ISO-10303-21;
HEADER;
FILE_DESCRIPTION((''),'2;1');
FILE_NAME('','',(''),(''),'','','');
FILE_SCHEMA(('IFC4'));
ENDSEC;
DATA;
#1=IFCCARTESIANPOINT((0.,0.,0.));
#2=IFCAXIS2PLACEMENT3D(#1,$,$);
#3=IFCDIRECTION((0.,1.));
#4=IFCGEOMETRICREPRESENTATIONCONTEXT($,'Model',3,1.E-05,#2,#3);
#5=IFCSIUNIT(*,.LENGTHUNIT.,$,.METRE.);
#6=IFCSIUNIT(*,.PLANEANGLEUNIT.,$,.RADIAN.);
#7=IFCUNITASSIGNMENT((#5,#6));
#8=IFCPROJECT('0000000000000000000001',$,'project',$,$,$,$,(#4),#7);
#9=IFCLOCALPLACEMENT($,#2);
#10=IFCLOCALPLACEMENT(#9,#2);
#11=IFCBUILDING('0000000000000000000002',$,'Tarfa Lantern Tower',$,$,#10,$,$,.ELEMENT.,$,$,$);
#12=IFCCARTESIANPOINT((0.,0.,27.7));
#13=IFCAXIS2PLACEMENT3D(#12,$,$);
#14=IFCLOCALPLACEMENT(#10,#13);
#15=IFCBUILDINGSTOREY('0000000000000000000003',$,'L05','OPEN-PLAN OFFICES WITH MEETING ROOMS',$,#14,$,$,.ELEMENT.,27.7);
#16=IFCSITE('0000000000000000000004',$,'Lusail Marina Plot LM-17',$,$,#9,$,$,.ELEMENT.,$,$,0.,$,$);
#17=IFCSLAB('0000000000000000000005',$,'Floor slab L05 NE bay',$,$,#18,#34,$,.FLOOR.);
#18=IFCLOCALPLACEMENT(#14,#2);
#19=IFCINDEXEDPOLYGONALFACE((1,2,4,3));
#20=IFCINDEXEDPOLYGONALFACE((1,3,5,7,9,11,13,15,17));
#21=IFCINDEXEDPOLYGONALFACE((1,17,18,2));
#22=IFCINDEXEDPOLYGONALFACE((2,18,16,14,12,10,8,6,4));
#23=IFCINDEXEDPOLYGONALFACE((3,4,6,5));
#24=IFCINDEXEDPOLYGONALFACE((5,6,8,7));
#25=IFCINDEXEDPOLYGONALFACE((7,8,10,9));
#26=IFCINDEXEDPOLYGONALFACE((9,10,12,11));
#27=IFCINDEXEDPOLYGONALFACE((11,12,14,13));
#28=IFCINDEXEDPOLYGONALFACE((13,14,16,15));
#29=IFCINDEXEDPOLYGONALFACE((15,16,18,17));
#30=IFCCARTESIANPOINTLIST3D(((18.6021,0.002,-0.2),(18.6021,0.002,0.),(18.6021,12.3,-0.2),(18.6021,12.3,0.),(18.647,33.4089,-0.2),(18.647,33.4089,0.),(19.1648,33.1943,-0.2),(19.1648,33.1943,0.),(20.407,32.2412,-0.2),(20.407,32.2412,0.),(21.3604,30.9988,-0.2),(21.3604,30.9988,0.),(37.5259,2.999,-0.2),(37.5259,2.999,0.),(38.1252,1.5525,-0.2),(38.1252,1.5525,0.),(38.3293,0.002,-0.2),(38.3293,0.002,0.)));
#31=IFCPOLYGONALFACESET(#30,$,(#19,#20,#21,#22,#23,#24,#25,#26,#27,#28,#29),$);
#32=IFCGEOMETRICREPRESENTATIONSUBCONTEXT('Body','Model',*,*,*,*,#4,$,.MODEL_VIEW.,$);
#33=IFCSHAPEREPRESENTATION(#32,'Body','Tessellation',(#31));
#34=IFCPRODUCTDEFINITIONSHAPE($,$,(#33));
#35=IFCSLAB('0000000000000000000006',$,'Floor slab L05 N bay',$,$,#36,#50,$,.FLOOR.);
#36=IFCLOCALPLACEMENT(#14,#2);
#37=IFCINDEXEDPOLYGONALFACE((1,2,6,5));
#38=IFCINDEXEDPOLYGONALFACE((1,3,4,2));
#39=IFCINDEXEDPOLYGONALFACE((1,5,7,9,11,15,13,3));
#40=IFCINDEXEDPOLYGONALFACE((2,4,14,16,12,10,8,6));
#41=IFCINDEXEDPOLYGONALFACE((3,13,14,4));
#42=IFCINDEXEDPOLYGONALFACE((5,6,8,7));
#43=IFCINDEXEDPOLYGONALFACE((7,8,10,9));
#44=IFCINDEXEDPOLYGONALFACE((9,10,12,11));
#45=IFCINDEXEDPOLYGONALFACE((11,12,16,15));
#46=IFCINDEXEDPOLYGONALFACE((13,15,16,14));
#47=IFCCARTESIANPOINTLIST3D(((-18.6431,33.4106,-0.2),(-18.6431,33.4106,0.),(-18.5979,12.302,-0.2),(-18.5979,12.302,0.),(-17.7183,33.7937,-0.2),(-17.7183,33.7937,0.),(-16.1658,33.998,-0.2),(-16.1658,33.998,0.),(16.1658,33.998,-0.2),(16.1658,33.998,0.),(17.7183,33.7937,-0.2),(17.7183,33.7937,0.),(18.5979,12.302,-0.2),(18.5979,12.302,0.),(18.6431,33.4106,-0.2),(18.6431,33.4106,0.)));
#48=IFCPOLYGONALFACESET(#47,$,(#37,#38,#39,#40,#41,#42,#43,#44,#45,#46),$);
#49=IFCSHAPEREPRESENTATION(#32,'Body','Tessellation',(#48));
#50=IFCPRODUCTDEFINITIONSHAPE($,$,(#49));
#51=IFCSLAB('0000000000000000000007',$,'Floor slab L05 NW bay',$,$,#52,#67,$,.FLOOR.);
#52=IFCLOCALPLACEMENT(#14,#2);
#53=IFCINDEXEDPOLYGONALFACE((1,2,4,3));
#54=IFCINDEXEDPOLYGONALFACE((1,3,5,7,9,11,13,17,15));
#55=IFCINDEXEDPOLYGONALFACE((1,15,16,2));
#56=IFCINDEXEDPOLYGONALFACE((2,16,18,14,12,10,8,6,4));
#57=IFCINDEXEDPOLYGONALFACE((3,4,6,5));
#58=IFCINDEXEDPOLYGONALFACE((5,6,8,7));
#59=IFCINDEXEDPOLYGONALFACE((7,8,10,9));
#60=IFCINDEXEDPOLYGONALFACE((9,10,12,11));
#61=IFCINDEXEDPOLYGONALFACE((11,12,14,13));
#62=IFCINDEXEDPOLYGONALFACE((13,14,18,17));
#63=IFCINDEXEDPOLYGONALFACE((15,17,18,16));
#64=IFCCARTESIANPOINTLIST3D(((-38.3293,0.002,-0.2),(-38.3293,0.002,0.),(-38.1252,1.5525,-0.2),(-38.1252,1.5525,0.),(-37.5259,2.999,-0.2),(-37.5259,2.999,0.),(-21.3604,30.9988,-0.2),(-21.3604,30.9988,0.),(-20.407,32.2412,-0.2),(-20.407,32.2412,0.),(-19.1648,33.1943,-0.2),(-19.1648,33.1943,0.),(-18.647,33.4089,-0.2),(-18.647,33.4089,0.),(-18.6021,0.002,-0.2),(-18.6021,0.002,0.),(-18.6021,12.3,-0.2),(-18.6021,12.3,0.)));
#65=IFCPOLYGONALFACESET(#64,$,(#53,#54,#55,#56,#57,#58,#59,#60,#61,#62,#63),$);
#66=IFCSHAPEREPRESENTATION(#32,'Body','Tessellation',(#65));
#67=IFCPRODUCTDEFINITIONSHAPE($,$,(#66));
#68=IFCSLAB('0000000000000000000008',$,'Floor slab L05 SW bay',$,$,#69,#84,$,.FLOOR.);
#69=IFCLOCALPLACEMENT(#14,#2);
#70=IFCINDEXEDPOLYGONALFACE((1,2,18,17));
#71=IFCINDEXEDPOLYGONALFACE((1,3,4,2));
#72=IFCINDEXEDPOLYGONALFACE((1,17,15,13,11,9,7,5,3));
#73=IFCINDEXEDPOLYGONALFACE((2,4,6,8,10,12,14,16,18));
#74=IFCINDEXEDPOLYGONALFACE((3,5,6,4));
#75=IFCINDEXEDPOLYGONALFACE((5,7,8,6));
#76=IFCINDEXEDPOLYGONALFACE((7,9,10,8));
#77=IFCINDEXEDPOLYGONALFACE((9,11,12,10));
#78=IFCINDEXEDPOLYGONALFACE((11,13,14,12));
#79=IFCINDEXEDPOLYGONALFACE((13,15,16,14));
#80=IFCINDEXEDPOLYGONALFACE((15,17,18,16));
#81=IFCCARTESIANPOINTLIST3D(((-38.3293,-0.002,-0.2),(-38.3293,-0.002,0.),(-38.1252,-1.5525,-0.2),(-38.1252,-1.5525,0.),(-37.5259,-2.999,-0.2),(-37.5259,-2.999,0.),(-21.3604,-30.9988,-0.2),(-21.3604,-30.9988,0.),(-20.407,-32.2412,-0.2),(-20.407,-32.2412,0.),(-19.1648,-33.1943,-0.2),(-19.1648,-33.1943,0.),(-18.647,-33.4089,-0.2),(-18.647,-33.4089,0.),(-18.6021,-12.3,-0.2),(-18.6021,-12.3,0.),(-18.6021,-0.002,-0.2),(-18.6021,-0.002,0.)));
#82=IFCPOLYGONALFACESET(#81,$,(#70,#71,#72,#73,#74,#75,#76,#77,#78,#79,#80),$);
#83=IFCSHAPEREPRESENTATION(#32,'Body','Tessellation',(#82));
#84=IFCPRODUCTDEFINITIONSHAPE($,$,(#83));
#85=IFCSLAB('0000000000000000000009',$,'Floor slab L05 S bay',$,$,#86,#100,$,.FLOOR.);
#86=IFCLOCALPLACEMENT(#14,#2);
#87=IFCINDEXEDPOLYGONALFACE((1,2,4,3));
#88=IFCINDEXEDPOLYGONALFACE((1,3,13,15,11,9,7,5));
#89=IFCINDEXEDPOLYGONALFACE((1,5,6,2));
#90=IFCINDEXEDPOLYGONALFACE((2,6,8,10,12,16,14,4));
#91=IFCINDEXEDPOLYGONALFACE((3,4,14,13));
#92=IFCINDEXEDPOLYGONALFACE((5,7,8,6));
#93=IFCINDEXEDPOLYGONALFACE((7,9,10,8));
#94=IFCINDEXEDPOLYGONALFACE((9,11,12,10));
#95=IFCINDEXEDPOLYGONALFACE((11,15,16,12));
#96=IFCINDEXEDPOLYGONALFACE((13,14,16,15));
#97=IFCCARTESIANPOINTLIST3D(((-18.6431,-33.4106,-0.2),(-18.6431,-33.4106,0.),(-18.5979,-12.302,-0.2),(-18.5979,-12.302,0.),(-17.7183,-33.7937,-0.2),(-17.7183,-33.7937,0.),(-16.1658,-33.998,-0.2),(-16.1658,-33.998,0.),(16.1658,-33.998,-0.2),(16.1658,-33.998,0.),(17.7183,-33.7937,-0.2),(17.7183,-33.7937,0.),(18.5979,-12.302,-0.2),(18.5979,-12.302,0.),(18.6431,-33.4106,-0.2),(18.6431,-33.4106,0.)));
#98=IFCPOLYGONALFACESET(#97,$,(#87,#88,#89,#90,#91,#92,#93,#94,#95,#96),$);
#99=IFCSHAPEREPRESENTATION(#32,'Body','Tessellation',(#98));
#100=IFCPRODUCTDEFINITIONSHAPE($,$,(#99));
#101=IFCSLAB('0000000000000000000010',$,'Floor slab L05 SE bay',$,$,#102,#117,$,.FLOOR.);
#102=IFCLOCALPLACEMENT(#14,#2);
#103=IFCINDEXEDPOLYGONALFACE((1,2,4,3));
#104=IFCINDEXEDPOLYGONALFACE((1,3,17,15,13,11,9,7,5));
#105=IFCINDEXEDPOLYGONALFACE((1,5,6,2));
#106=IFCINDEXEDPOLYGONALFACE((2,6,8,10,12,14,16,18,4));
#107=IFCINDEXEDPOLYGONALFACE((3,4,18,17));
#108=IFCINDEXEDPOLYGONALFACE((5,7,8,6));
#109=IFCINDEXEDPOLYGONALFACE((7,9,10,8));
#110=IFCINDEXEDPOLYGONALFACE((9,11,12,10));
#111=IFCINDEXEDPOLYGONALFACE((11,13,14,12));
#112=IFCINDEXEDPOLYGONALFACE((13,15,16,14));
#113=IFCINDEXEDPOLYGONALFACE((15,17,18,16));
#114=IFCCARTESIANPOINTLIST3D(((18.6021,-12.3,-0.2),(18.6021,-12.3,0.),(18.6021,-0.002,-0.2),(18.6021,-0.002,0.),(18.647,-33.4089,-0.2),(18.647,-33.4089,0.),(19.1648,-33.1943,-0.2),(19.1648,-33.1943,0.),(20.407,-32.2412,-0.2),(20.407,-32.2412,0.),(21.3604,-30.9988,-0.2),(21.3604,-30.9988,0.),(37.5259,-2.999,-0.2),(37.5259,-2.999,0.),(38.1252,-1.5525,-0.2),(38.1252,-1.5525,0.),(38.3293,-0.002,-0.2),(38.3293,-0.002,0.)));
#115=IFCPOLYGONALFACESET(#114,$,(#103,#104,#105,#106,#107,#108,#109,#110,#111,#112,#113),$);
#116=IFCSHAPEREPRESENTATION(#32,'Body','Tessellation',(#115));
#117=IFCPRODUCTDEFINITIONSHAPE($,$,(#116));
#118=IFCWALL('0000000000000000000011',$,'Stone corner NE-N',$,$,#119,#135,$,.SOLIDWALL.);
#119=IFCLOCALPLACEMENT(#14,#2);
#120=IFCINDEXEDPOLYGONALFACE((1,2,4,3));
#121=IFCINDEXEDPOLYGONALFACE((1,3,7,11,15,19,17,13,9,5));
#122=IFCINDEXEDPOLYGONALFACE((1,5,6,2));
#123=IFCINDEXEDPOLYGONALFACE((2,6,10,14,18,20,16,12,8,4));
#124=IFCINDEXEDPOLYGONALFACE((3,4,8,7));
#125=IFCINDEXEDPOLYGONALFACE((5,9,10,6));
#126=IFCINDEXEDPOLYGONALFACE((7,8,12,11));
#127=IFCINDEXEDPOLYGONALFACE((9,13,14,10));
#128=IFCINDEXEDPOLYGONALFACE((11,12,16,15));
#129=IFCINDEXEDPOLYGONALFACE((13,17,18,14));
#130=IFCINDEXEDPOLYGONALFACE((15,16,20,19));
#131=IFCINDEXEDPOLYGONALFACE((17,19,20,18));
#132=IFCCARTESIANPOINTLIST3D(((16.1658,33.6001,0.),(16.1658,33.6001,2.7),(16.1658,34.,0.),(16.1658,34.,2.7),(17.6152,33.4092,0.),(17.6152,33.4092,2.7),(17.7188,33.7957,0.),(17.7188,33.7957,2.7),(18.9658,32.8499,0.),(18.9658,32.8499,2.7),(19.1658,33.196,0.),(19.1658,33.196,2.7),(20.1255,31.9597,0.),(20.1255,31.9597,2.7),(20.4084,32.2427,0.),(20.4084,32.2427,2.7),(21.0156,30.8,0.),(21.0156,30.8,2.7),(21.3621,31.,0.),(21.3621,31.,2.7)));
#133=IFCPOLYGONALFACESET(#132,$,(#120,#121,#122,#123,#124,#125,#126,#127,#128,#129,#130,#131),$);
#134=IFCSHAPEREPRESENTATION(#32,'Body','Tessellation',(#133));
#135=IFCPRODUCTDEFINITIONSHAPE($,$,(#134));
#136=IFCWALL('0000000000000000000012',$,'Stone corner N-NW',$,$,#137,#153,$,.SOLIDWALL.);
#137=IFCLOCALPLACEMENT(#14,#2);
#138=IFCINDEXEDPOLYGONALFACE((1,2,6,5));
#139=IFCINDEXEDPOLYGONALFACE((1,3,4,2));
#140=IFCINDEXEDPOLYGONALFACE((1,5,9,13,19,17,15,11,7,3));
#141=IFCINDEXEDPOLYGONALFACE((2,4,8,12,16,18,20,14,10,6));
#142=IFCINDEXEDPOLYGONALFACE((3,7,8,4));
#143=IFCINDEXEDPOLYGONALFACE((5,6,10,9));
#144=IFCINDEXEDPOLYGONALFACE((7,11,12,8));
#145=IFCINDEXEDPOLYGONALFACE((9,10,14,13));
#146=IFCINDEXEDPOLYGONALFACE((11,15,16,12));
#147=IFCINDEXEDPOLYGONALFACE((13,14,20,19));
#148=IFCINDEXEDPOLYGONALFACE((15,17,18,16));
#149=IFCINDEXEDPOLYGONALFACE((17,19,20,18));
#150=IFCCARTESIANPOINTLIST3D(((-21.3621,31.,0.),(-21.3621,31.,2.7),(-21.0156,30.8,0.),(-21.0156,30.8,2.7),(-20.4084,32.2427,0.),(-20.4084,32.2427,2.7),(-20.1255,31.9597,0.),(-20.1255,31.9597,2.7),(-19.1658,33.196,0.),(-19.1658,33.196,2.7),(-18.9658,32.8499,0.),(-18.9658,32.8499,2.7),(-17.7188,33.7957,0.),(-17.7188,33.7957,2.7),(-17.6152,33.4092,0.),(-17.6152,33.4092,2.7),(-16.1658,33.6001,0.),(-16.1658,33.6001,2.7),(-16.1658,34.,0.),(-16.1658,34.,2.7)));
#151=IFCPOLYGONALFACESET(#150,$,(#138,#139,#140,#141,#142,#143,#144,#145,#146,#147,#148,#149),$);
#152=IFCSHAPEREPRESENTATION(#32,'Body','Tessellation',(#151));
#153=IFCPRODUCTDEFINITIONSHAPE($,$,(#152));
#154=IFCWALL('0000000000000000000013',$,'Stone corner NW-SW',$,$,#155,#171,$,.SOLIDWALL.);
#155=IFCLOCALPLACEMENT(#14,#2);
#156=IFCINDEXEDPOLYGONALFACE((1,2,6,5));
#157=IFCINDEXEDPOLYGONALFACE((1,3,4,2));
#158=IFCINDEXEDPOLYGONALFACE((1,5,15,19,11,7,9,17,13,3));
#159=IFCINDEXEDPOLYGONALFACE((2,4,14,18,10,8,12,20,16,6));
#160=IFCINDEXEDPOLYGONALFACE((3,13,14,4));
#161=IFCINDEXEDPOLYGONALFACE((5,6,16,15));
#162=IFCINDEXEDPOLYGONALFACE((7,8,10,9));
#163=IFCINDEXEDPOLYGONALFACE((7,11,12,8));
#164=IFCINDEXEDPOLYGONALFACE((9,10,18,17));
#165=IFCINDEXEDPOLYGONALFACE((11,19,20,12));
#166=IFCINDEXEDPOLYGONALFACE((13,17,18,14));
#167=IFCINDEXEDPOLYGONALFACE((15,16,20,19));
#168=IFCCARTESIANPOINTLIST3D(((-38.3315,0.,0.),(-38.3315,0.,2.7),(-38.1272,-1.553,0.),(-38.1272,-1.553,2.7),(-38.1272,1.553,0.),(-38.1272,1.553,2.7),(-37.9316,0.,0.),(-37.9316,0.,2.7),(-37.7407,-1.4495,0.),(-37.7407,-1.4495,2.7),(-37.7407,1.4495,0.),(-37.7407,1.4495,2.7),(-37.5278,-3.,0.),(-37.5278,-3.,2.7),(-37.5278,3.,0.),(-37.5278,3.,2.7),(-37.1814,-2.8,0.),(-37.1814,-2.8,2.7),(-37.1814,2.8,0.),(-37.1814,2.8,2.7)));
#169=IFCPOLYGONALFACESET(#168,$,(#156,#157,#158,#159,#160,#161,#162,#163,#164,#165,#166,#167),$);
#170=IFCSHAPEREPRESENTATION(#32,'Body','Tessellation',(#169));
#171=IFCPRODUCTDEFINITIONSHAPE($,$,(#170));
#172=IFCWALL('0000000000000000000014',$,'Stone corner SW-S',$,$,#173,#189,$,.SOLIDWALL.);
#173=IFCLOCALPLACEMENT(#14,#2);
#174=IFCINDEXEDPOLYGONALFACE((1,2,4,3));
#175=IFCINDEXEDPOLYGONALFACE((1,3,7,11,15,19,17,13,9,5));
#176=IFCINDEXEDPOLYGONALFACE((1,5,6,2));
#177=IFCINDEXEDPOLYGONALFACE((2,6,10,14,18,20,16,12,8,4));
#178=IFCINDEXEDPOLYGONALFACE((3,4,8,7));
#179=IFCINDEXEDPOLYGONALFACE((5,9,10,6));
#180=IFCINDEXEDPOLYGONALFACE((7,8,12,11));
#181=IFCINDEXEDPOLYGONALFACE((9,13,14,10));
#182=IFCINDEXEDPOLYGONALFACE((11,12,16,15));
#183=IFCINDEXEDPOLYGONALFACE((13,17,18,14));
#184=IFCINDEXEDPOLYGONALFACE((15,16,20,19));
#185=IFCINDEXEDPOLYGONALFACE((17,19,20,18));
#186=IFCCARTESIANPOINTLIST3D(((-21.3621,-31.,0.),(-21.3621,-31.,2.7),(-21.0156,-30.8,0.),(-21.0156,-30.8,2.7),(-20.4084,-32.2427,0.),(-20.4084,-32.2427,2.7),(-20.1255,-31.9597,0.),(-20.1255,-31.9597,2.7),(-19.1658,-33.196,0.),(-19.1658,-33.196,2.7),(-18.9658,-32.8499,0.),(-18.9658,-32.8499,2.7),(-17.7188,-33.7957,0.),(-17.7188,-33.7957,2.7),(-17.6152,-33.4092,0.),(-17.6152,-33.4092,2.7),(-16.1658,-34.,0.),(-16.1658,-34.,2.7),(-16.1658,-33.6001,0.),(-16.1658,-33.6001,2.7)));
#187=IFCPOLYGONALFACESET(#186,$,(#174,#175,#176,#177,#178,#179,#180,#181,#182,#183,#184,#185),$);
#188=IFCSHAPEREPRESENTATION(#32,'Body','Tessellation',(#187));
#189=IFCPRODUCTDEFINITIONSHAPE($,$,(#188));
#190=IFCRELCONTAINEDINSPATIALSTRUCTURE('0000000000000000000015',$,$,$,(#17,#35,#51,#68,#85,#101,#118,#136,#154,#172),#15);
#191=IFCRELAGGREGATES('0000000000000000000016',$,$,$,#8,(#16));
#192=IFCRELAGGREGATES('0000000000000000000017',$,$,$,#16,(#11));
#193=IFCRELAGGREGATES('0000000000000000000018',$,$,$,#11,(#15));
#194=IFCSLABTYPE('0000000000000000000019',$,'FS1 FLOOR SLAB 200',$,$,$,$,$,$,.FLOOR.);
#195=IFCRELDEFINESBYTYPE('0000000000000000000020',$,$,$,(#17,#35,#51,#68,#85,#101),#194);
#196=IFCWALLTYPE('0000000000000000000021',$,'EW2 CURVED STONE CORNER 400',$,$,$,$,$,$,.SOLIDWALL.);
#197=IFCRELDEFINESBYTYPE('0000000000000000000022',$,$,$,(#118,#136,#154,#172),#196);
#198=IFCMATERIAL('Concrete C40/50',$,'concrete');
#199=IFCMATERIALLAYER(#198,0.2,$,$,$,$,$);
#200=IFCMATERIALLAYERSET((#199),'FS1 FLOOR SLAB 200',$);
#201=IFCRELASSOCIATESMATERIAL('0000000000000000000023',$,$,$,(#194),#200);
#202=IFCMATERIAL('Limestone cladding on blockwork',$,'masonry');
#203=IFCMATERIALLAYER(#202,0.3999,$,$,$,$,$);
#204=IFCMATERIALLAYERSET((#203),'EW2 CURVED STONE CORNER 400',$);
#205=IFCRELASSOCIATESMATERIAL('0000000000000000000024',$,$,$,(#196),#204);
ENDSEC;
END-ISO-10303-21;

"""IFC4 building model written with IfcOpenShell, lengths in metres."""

from ifc_helpers import new_model, si_unit, direction, frame, origin, place, context, subcontext, project, spatial, polyline, outline, extrude, material, layer, layer_set, type_object, element, save


model = new_model("IFC4")

# Units and contexts
model_context = context("Model", 3, precision=1e-05, world=origin(), true_north=direction((0.0, 1.0)))
body_context = subcontext(model_context, "Body", "Model", "MODEL_VIEW")
ifc_project = project(units=[si_unit("LENGTHUNIT", "METRE"), si_unit("PLANEANGLEUNIT", "RADIAN")], contexts=[model_context])

# Site, building, storey
site_placement = place(None, origin())
site = spatial("IfcSite", under=ifc_project, at=site_placement, Name="Lusail Marina Plot LM-17", CompositionType="ELEMENT", RefElevation=0.0)
building_placement = place(site_placement, origin())
building = spatial("IfcBuilding", under=site, at=building_placement, Name="Tarfa Lantern Tower", CompositionType="ELEMENT")
storey_placement = place(building_placement, frame((0.0, 0.0, 27.7)))
storey = spatial("IfcBuildingStorey", under=building, at=storey_placement, Name="L05", Description="OPEN-PLAN OFFICES WITH MEETING ROOMS", CompositionType="ELEMENT", Elevation=27.7)

# Slabs
ifc_material_1 = material(Name="Concrete C40/50", Category="concrete")
ifc_layer_1 = layer(ifc_material_1, 0.2)
ifc_layer_set_1 = layer_set([ifc_layer_1], Name="FS1 FLOOR SLAB 200")
slab_type_1 = type_object("IfcSlabType", Name="FS1 FLOOR SLAB 200", PredefinedType="FLOOR", material=ifc_layer_set_1)
slab_1_placement = place(storey_placement, frame((0.0, 0.0, -0.2)))
element("IfcSlab", 1, at=slab_1_placement, inside=storey, type_object=slab_type_1, Name="Floor slab L05 NE bay", PredefinedType="FLOOR", context=body_context, shape_type="SweptSolid", body=[
    extrude(outline(polyline([(37.5259, 2.999), (21.3604, 30.9988), (20.407, 32.2412), (19.1648, 33.1943), (18.647, 33.4089), (18.6021, 12.3), (18.6021, 0.002), (38.3293, 0.002), (38.1252, 1.5525), (37.5259, 2.999)])), origin(), (0.0, 0.0, 1.0), 0.2),
])
slab_2_placement = place(storey_placement, frame((0.0, 0.0, -0.2)))
element("IfcSlab", 2, at=slab_2_placement, inside=storey, type_object=slab_type_1, Name="Floor slab L05 N bay", PredefinedType="FLOOR", context=body_context, shape_type="SweptSolid", body=[
    extrude(outline(polyline([(-18.5979, 12.302), (18.5979, 12.302), (18.6431, 33.4106), (17.7183, 33.7937), (16.1658, 33.998), (-16.1658, 33.998), (-17.7183, 33.7937), (-18.6431, 33.4106), (-18.5979, 12.302)])), origin(), (0.0, 0.0, 1.0), 0.2),
])
slab_3_placement = place(storey_placement, frame((0.0, 0.0, -0.2)))
element("IfcSlab", 3, at=slab_3_placement, inside=storey, type_object=slab_type_1, Name="Floor slab L05 NW bay", PredefinedType="FLOOR", context=body_context, shape_type="SweptSolid", body=[
    extrude(outline(polyline([(-18.6021, 0.002), (-18.6021, 12.3), (-18.647, 33.4089), (-19.1648, 33.1943), (-20.407, 32.2412), (-21.3604, 30.9988), (-37.5259, 2.999), (-38.1252, 1.5525), (-38.3293, 0.002), (-18.6021, 0.002)])), origin(), (0.0, 0.0, 1.0), 0.2),
])
slab_4_placement = place(storey_placement, frame((0.0, 0.0, -0.2)))
element("IfcSlab", 4, at=slab_4_placement, inside=storey, type_object=slab_type_1, Name="Floor slab L05 SW bay", PredefinedType="FLOOR", context=body_context, shape_type="SweptSolid", body=[
    extrude(outline(polyline([(-18.6021, -12.3), (-18.6021, -0.002), (-38.3293, -0.002), (-38.1252, -1.5525), (-37.5259, -2.999), (-21.3604, -30.9988), (-20.407, -32.2412), (-19.1648, -33.1943), (-18.647, -33.4089), (-18.6021, -12.3)])), origin(), (0.0, 0.0, 1.0), 0.2),
])
slab_5_placement = place(storey_placement, frame((0.0, 0.0, -0.2)))
element("IfcSlab", 5, at=slab_5_placement, inside=storey, type_object=slab_type_1, Name="Floor slab L05 S bay", PredefinedType="FLOOR", context=body_context, shape_type="SweptSolid", body=[
    extrude(outline(polyline([(18.5979, -12.302), (-18.5979, -12.302), (-18.6431, -33.4106), (-17.7183, -33.7937), (-16.1658, -33.998), (16.1658, -33.998), (17.7183, -33.7937), (18.6431, -33.4106), (18.5979, -12.302)])), origin(), (0.0, 0.0, 1.0), 0.2),
])
slab_6_placement = place(storey_placement, frame((0.0, 0.0, -0.2)))
element("IfcSlab", 6, at=slab_6_placement, inside=storey, type_object=slab_type_1, Name="Floor slab L05 SE bay", PredefinedType="FLOOR", context=body_context, shape_type="SweptSolid", body=[
    extrude(outline(polyline([(18.6021, -0.002), (18.6021, -12.3), (18.647, -33.4089), (19.1648, -33.1943), (20.407, -32.2412), (21.3604, -30.9988), (37.5259, -2.999), (38.1252, -1.5525), (38.3293, -0.002), (18.6021, -0.002)])), origin(), (0.0, 0.0, 1.0), 0.2),
])

# Walls
ifc_material_2 = material(Name="Limestone cladding on blockwork", Category="masonry")
ifc_layer_2 = layer(ifc_material_2, 0.3999)
ifc_layer_set_2 = layer_set([ifc_layer_2], Name="EW2 CURVED STONE CORNER 400")
wall_type_1 = type_object("IfcWallType", Name="EW2 CURVED STONE CORNER 400", PredefinedType="SOLIDWALL", material=ifc_layer_set_2)
wall_1_placement = place(storey_placement, origin())
element("IfcWall", 7, at=wall_1_placement, inside=storey, type_object=wall_type_1, Name="Stone corner NE-N", PredefinedType="SOLIDWALL", context=body_context, shape_type="SweptSolid", body=[
    extrude(outline(polyline([(21.3621, 31.0), (20.4084, 32.2427), (19.1658, 33.196), (17.7188, 33.7957), (16.1658, 34.0), (16.1658, 33.6001), (17.6152, 33.4092), (18.9658, 32.8499), (20.1255, 31.9597), (21.0156, 30.8), (21.3621, 31.0)])), origin(), (0.0, 0.0, 1.0), 2.7),
])
wall_2_placement = place(storey_placement, origin())
element("IfcWall", 8, at=wall_2_placement, inside=storey, type_object=wall_type_1, Name="Stone corner N-NW", PredefinedType="SOLIDWALL", context=body_context, shape_type="SweptSolid", body=[
    extrude(outline(polyline([(-16.1658, 34.0), (-17.7188, 33.7957), (-19.1658, 33.196), (-20.4084, 32.2427), (-21.3621, 31.0), (-21.0156, 30.8), (-20.1255, 31.9597), (-18.9658, 32.8499), (-17.6152, 33.4092), (-16.1658, 33.6001), (-16.1658, 34.0)])), origin(), (0.0, 0.0, 1.0), 2.7),
])
wall_3_placement = place(storey_placement, origin())
element("IfcWall", 9, at=wall_3_placement, inside=storey, type_object=wall_type_1, Name="Stone corner NW-SW", PredefinedType="SOLIDWALL", context=body_context, shape_type="SweptSolid", body=[
    extrude(outline(polyline([(-37.5278, 3.0), (-38.1272, 1.553), (-38.3315, 0.0), (-38.1272, -1.553), (-37.5278, -3.0), (-37.1814, -2.8), (-37.7407, -1.4495), (-37.9316, 0.0), (-37.7407, 1.4495), (-37.1814, 2.8), (-37.5278, 3.0)])), origin(), (0.0, 0.0, 1.0), 2.7),
])
wall_4_placement = place(storey_placement, origin())
element("IfcWall", 10, at=wall_4_placement, inside=storey, type_object=wall_type_1, Name="Stone corner SW-S", PredefinedType="SOLIDWALL", context=body_context, shape_type="SweptSolid", body=[
    extrude(outline(polyline([(-21.3621, -31.0), (-20.4084, -32.2427), (-19.1658, -33.196), (-17.7188, -33.7957), (-16.1658, -34.0), (-16.1658, -33.6001), (-17.6152, -33.4092), (-18.9658, -32.8499), (-20.1255, -31.9597), (-21.0156, -30.8), (-21.3621, -31.0)])), origin(), (0.0, 0.0, 1.0), 2.7),
])

save(model, "model.ifc")
